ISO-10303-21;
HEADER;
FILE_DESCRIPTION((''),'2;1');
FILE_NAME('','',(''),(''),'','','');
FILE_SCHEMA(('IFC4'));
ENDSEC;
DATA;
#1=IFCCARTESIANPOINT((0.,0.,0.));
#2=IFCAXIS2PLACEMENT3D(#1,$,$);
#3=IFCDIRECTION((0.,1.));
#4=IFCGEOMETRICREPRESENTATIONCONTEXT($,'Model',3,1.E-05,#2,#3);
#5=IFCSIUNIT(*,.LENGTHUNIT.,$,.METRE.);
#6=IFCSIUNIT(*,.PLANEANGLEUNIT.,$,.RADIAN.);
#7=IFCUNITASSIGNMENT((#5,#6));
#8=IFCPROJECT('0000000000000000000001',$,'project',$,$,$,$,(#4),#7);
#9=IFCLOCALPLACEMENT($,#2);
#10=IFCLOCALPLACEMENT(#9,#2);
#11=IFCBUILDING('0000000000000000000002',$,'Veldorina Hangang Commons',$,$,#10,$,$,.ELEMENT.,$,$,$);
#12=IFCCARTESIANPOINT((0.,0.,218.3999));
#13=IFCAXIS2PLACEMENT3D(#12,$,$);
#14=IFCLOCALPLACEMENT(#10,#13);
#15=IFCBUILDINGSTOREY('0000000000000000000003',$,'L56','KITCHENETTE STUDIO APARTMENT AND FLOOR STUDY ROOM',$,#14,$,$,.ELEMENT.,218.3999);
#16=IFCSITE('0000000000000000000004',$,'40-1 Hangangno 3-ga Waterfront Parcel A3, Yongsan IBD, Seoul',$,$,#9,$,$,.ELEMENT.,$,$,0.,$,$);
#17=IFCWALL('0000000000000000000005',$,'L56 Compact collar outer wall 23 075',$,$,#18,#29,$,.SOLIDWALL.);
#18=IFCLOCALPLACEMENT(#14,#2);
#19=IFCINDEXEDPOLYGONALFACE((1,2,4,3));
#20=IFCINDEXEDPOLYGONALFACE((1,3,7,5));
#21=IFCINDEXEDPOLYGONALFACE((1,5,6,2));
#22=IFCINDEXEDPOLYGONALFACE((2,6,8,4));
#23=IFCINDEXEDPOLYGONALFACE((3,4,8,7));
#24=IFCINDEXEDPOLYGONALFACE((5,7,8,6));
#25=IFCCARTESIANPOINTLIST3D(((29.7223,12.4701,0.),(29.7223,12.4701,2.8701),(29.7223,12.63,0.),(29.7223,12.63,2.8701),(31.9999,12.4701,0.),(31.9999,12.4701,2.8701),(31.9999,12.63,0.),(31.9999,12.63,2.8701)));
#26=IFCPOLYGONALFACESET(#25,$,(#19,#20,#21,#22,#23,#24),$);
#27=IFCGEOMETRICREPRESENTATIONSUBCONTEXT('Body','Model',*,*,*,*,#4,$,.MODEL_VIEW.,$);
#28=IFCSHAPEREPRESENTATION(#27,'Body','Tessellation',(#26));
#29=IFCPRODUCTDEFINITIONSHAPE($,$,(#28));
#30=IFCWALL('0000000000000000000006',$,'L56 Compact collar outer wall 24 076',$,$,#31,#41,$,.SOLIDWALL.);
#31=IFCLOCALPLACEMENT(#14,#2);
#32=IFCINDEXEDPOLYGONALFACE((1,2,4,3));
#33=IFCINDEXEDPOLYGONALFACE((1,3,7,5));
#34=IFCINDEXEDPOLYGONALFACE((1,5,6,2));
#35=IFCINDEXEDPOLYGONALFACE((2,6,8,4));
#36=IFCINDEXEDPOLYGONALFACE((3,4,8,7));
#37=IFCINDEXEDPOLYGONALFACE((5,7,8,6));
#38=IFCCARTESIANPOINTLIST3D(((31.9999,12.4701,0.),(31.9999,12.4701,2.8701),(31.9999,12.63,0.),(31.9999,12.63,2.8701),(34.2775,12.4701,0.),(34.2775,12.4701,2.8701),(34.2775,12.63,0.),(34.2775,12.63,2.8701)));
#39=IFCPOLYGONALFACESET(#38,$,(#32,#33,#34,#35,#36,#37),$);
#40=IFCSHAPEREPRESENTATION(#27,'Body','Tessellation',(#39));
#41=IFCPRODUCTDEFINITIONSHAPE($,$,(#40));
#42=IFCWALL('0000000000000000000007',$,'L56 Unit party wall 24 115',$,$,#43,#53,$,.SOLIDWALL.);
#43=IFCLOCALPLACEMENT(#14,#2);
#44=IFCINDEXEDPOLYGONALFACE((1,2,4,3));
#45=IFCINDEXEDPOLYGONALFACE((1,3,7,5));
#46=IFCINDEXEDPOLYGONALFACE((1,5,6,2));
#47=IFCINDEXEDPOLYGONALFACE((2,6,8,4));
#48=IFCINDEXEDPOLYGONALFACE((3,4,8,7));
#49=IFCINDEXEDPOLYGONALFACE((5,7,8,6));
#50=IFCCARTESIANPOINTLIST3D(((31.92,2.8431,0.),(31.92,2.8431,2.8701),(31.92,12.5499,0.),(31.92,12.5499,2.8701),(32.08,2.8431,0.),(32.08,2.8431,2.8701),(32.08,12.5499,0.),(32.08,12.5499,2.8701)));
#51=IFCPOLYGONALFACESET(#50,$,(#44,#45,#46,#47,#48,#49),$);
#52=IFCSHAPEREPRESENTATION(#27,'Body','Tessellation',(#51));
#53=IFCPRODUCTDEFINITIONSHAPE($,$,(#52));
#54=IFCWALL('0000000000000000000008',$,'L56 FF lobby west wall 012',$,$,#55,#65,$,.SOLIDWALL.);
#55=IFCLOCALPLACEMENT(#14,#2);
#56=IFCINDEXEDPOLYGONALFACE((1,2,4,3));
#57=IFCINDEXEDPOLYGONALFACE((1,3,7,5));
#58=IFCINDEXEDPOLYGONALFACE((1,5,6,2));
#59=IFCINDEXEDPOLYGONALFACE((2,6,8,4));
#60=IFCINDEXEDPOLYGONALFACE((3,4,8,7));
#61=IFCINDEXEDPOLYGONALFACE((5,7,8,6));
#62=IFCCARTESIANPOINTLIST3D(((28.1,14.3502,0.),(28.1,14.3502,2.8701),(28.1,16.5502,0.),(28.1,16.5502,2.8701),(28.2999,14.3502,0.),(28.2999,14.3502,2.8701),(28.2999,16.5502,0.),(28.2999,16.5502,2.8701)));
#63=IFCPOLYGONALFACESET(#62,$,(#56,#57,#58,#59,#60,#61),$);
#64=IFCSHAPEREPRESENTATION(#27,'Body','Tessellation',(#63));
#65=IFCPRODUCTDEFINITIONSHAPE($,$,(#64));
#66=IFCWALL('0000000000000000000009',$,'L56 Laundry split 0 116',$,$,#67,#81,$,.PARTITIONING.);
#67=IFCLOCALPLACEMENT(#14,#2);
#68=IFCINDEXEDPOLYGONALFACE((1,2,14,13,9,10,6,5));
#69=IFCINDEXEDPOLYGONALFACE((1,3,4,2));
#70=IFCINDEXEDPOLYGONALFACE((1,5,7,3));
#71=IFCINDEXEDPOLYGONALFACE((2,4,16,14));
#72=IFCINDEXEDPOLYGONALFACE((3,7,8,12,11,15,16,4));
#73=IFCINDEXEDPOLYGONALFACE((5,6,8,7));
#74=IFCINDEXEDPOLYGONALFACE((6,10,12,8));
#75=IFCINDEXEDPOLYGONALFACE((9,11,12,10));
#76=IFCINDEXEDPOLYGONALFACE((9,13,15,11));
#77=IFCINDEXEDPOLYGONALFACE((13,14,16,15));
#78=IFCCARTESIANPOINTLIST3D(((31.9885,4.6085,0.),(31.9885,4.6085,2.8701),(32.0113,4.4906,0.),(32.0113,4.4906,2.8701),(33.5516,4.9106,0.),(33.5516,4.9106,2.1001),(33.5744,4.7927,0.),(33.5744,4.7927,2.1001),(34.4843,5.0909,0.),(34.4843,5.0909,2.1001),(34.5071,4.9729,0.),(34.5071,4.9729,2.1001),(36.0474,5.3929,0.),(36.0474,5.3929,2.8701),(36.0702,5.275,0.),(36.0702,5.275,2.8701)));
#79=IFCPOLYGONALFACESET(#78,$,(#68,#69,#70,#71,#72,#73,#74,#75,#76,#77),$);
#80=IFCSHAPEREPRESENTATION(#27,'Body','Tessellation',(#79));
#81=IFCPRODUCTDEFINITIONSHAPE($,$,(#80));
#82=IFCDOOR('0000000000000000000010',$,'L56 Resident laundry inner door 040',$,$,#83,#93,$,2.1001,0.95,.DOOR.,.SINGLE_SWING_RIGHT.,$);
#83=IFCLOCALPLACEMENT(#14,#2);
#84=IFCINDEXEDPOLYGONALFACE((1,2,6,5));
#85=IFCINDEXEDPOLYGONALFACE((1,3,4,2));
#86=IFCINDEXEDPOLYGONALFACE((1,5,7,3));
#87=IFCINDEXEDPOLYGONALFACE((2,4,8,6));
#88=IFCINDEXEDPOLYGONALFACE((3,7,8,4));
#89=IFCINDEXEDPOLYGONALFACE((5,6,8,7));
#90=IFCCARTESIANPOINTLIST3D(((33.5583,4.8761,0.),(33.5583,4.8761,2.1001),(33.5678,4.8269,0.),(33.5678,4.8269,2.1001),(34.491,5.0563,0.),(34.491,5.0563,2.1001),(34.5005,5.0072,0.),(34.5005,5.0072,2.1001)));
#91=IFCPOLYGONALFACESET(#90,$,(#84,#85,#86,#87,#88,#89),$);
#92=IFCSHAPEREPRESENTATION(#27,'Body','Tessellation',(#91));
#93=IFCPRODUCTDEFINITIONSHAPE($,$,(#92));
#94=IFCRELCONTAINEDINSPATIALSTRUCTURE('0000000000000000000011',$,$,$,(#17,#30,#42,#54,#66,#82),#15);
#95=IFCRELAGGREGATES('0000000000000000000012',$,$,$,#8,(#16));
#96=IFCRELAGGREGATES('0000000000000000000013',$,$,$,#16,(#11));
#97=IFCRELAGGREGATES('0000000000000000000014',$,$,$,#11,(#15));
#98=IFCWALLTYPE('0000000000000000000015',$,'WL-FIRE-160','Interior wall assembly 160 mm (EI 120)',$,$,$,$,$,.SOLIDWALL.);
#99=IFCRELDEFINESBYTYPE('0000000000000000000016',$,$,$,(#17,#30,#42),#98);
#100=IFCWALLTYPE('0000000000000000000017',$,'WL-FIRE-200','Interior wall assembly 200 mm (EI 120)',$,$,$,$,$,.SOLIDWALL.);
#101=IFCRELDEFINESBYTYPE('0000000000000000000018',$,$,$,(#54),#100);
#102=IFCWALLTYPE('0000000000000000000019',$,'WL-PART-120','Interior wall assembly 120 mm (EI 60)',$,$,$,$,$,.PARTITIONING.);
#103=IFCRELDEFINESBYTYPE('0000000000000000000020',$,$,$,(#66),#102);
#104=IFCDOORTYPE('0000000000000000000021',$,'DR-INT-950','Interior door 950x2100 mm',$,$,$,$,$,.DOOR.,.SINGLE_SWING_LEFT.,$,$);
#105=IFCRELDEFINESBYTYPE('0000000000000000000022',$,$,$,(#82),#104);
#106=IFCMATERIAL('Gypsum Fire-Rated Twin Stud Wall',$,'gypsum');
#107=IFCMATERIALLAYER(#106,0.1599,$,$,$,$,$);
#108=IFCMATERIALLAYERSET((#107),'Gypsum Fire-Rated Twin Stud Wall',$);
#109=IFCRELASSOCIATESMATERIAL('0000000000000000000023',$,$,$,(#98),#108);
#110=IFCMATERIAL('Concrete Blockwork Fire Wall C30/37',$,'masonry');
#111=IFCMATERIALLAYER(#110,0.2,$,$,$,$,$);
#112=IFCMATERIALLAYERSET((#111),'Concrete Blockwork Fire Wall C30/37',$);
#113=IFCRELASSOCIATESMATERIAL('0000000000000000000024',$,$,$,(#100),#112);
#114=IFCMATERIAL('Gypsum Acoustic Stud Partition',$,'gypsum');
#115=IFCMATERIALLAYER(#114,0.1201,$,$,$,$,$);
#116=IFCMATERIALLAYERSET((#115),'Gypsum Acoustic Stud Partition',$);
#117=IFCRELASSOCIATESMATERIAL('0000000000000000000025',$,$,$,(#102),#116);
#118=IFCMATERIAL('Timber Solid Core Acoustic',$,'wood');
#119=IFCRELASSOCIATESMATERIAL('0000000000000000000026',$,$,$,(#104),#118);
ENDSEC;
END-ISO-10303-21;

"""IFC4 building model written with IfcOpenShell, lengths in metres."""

from ifc_helpers import new_model, si_unit, direction, frame, frame_2d, origin, place, context, subcontext, project, spatial, rectangle, extrude, material, layer, layer_set, type_object, element, fill, save


model = new_model("IFC4")

# Units and contexts
model_context = context("Model", 3, precision=1e-05, world=origin(), true_north=direction((0.0, 1.0)))
body_context = subcontext(model_context, "Body", "Model", "MODEL_VIEW")
ifc_project = project(units=[si_unit("LENGTHUNIT", "METRE"), si_unit("PLANEANGLEUNIT", "RADIAN")], contexts=[model_context])

# Site, building, storey
site_placement = place(None, origin())
site = spatial("IfcSite", under=ifc_project, at=site_placement, Name="40-1 Hangangno 3-ga Waterfront Parcel A3, Yongsan IBD, Seoul", CompositionType="ELEMENT", RefElevation=0.0)
building_placement = place(site_placement, origin())
building = spatial("IfcBuilding", under=site, at=building_placement, Name="Veldorina Hangang Commons", CompositionType="ELEMENT")
storey_placement = place(building_placement, frame((0.0, 0.0, 218.3999)))
storey = spatial("IfcBuildingStorey", under=building, at=storey_placement, Name="L56", Description="KITCHENETTE STUDIO APARTMENT AND FLOOR STUDY ROOM", CompositionType="ELEMENT", Elevation=218.3999)

# Shared definitions
ifc_material_1 = material(Name="Gypsum Fire-Rated Twin Stud Wall", Category="gypsum")
ifc_layer_1 = layer(ifc_material_1, 0.1599)
ifc_layer_set_1 = layer_set([ifc_layer_1], Name="Gypsum Fire-Rated Twin Stud Wall")
wall_type_1 = type_object("IfcWallType", Name="WL-FIRE-160", Description="Interior wall assembly 160 mm (EI 120)", PredefinedType="SOLIDWALL", material=ifc_layer_set_1)

# Shared definitions
ifc_material_2 = material(Name="Timber Solid Core Acoustic", Category="wood")

# Walls
for number, where, z_axis, x_axis, name in (
    (1, (29.7224, 12.55, 0.0), (0.0, 0.0, 1.0), (1.0, 0.0, 0.0), "L56 Compact collar outer wall 23 075"),
    (2, (32.0, 12.55, 0.0), (0.0, 0.0, 1.0), (1.0, 0.0, 0.0), "L56 Compact collar outer wall 24 076"),
):
    element("IfcWall", number, at=place(storey_placement, frame(where, z_axis=z_axis, x_axis=x_axis)), inside=storey, type_object=wall_type_1, Name=name, PredefinedType="SOLIDWALL", context=body_context, shape_type="SweptSolid", body=[
        extrude(rectangle(XDim=2.2776, YDim=0.1599, at=frame_2d((1.1387, 0.0))), origin(), (0.0, 0.0, 1.0), 2.8701),
    ])
wall_1_placement = place(storey_placement, frame((32.0, 12.55, 0.0), z_axis=(0.0, 0.0, 1.0), x_axis=(0.0, -1.0, 0.0)))
element("IfcWall", 3, at=wall_1_placement, inside=storey, type_object=wall_type_1, Name="L56 Unit party wall 24 115", PredefinedType="SOLIDWALL", context=body_context, shape_type="SweptSolid", body=[
    extrude(rectangle(XDim=9.7068, YDim=0.1599, at=frame_2d((4.8535, 0.0))), origin(), (0.0, 0.0, 1.0), 2.8701),
])
ifc_material_3 = material(Name="Concrete Blockwork Fire Wall C30/37", Category="masonry")
ifc_layer_2 = layer(ifc_material_3, 0.2)
ifc_layer_set_2 = layer_set([ifc_layer_2], Name="Concrete Blockwork Fire Wall C30/37")
wall_type_2 = type_object("IfcWallType", Name="WL-FIRE-200", Description="Interior wall assembly 200 mm (EI 120)", PredefinedType="SOLIDWALL", material=ifc_layer_set_2)
wall_2_placement = place(storey_placement, frame((28.2, 14.3501, 0.0), z_axis=(0.0, 0.0, 1.0), x_axis=(0.0, 1.0, 0.0)))
element("IfcWall", 4, at=wall_2_placement, inside=storey, type_object=wall_type_2, Name="L56 FF lobby west wall 012", PredefinedType="SOLIDWALL", context=body_context, shape_type="SweptSolid", body=[
    extrude(rectangle(XDim=2.2, YDim=0.2, at=frame_2d((1.1001, 0.0))), origin(), (0.0, 0.0, 1.0), 2.8701),
])

# Wall, opening, door
ifc_material_4 = material(Name="Gypsum Acoustic Stud Partition", Category="gypsum")
ifc_layer_3 = layer(ifc_material_4, 0.1201)
ifc_layer_set_3 = layer_set([ifc_layer_3], Name="Gypsum Acoustic Stud Partition")
wall_type_3 = type_object("IfcWallType", Name="WL-PART-120", Description="Interior wall assembly 120 mm (EI 60)", PredefinedType="PARTITIONING", material=ifc_layer_set_3)
wall_3_placement = place(storey_placement, frame((32.0, 4.5496, 0.0), z_axis=(0.0, 0.0, 1.0), x_axis=(0.981832, 0.189752, 0.0)))
wall_3 = element("IfcWall", 5, at=wall_3_placement, inside=storey, type_object=wall_type_3, Name="L56 Laundry split 0 116", PredefinedType="PARTITIONING", context=body_context, shape_type="SweptSolid", body=[
    extrude(rectangle(XDim=4.134, YDim=0.1201, at=frame_2d((2.0669, 0.0))), origin(), (0.0, 0.0, 1.0), 2.8701),
])
opening_1_placement = place(wall_3_placement, frame((1.5918, 0.0, 0.0)))
opening_1 = element("IfcOpeningElement", 6, at=opening_1_placement, cuts=wall_3, PredefinedType="OPENING", context=body_context, shape_type="SweptSolid", body=[
    extrude(rectangle(XDim=0.95, YDim=2.1001, at=frame_2d((0.4751, 1.05))), frame((0.0, 0.0701, 0.0), z_axis=(0.0, -1.0, 0.0), x_axis=(1.0, 0.0, 0.0)), (0.0, 0.0, 1.0), 0.1401),
])
door_type_1 = type_object("IfcDoorType", Name="DR-INT-950", Description="Interior door 950x2100 mm", OperationType="SINGLE_SWING_LEFT", PredefinedType="DOOR", material=ifc_material_2)
door_1_placement = place(opening_1_placement, origin())
door_1 = element("IfcDoor", 7, at=door_1_placement, inside=storey, type_object=door_type_1, Name="L56 Resident laundry inner door 040", OperationType="SINGLE_SWING_RIGHT", OverallHeight=2.1001, OverallWidth=0.95, PredefinedType="DOOR", context=body_context, shape_type="SweptSolid", body=[
    extrude(rectangle(XDim=0.95, YDim=2.1001, at=frame_2d((0.4751, 1.05))), frame((0.0, 0.0249, 0.0), z_axis=(0.0, -1.0, 0.0), x_axis=(1.0, 0.0, 0.0)), (0.0, 0.0, 1.0), 0.05),
])
fill(opening_1, door_1)

save(model, "model.ifc")
